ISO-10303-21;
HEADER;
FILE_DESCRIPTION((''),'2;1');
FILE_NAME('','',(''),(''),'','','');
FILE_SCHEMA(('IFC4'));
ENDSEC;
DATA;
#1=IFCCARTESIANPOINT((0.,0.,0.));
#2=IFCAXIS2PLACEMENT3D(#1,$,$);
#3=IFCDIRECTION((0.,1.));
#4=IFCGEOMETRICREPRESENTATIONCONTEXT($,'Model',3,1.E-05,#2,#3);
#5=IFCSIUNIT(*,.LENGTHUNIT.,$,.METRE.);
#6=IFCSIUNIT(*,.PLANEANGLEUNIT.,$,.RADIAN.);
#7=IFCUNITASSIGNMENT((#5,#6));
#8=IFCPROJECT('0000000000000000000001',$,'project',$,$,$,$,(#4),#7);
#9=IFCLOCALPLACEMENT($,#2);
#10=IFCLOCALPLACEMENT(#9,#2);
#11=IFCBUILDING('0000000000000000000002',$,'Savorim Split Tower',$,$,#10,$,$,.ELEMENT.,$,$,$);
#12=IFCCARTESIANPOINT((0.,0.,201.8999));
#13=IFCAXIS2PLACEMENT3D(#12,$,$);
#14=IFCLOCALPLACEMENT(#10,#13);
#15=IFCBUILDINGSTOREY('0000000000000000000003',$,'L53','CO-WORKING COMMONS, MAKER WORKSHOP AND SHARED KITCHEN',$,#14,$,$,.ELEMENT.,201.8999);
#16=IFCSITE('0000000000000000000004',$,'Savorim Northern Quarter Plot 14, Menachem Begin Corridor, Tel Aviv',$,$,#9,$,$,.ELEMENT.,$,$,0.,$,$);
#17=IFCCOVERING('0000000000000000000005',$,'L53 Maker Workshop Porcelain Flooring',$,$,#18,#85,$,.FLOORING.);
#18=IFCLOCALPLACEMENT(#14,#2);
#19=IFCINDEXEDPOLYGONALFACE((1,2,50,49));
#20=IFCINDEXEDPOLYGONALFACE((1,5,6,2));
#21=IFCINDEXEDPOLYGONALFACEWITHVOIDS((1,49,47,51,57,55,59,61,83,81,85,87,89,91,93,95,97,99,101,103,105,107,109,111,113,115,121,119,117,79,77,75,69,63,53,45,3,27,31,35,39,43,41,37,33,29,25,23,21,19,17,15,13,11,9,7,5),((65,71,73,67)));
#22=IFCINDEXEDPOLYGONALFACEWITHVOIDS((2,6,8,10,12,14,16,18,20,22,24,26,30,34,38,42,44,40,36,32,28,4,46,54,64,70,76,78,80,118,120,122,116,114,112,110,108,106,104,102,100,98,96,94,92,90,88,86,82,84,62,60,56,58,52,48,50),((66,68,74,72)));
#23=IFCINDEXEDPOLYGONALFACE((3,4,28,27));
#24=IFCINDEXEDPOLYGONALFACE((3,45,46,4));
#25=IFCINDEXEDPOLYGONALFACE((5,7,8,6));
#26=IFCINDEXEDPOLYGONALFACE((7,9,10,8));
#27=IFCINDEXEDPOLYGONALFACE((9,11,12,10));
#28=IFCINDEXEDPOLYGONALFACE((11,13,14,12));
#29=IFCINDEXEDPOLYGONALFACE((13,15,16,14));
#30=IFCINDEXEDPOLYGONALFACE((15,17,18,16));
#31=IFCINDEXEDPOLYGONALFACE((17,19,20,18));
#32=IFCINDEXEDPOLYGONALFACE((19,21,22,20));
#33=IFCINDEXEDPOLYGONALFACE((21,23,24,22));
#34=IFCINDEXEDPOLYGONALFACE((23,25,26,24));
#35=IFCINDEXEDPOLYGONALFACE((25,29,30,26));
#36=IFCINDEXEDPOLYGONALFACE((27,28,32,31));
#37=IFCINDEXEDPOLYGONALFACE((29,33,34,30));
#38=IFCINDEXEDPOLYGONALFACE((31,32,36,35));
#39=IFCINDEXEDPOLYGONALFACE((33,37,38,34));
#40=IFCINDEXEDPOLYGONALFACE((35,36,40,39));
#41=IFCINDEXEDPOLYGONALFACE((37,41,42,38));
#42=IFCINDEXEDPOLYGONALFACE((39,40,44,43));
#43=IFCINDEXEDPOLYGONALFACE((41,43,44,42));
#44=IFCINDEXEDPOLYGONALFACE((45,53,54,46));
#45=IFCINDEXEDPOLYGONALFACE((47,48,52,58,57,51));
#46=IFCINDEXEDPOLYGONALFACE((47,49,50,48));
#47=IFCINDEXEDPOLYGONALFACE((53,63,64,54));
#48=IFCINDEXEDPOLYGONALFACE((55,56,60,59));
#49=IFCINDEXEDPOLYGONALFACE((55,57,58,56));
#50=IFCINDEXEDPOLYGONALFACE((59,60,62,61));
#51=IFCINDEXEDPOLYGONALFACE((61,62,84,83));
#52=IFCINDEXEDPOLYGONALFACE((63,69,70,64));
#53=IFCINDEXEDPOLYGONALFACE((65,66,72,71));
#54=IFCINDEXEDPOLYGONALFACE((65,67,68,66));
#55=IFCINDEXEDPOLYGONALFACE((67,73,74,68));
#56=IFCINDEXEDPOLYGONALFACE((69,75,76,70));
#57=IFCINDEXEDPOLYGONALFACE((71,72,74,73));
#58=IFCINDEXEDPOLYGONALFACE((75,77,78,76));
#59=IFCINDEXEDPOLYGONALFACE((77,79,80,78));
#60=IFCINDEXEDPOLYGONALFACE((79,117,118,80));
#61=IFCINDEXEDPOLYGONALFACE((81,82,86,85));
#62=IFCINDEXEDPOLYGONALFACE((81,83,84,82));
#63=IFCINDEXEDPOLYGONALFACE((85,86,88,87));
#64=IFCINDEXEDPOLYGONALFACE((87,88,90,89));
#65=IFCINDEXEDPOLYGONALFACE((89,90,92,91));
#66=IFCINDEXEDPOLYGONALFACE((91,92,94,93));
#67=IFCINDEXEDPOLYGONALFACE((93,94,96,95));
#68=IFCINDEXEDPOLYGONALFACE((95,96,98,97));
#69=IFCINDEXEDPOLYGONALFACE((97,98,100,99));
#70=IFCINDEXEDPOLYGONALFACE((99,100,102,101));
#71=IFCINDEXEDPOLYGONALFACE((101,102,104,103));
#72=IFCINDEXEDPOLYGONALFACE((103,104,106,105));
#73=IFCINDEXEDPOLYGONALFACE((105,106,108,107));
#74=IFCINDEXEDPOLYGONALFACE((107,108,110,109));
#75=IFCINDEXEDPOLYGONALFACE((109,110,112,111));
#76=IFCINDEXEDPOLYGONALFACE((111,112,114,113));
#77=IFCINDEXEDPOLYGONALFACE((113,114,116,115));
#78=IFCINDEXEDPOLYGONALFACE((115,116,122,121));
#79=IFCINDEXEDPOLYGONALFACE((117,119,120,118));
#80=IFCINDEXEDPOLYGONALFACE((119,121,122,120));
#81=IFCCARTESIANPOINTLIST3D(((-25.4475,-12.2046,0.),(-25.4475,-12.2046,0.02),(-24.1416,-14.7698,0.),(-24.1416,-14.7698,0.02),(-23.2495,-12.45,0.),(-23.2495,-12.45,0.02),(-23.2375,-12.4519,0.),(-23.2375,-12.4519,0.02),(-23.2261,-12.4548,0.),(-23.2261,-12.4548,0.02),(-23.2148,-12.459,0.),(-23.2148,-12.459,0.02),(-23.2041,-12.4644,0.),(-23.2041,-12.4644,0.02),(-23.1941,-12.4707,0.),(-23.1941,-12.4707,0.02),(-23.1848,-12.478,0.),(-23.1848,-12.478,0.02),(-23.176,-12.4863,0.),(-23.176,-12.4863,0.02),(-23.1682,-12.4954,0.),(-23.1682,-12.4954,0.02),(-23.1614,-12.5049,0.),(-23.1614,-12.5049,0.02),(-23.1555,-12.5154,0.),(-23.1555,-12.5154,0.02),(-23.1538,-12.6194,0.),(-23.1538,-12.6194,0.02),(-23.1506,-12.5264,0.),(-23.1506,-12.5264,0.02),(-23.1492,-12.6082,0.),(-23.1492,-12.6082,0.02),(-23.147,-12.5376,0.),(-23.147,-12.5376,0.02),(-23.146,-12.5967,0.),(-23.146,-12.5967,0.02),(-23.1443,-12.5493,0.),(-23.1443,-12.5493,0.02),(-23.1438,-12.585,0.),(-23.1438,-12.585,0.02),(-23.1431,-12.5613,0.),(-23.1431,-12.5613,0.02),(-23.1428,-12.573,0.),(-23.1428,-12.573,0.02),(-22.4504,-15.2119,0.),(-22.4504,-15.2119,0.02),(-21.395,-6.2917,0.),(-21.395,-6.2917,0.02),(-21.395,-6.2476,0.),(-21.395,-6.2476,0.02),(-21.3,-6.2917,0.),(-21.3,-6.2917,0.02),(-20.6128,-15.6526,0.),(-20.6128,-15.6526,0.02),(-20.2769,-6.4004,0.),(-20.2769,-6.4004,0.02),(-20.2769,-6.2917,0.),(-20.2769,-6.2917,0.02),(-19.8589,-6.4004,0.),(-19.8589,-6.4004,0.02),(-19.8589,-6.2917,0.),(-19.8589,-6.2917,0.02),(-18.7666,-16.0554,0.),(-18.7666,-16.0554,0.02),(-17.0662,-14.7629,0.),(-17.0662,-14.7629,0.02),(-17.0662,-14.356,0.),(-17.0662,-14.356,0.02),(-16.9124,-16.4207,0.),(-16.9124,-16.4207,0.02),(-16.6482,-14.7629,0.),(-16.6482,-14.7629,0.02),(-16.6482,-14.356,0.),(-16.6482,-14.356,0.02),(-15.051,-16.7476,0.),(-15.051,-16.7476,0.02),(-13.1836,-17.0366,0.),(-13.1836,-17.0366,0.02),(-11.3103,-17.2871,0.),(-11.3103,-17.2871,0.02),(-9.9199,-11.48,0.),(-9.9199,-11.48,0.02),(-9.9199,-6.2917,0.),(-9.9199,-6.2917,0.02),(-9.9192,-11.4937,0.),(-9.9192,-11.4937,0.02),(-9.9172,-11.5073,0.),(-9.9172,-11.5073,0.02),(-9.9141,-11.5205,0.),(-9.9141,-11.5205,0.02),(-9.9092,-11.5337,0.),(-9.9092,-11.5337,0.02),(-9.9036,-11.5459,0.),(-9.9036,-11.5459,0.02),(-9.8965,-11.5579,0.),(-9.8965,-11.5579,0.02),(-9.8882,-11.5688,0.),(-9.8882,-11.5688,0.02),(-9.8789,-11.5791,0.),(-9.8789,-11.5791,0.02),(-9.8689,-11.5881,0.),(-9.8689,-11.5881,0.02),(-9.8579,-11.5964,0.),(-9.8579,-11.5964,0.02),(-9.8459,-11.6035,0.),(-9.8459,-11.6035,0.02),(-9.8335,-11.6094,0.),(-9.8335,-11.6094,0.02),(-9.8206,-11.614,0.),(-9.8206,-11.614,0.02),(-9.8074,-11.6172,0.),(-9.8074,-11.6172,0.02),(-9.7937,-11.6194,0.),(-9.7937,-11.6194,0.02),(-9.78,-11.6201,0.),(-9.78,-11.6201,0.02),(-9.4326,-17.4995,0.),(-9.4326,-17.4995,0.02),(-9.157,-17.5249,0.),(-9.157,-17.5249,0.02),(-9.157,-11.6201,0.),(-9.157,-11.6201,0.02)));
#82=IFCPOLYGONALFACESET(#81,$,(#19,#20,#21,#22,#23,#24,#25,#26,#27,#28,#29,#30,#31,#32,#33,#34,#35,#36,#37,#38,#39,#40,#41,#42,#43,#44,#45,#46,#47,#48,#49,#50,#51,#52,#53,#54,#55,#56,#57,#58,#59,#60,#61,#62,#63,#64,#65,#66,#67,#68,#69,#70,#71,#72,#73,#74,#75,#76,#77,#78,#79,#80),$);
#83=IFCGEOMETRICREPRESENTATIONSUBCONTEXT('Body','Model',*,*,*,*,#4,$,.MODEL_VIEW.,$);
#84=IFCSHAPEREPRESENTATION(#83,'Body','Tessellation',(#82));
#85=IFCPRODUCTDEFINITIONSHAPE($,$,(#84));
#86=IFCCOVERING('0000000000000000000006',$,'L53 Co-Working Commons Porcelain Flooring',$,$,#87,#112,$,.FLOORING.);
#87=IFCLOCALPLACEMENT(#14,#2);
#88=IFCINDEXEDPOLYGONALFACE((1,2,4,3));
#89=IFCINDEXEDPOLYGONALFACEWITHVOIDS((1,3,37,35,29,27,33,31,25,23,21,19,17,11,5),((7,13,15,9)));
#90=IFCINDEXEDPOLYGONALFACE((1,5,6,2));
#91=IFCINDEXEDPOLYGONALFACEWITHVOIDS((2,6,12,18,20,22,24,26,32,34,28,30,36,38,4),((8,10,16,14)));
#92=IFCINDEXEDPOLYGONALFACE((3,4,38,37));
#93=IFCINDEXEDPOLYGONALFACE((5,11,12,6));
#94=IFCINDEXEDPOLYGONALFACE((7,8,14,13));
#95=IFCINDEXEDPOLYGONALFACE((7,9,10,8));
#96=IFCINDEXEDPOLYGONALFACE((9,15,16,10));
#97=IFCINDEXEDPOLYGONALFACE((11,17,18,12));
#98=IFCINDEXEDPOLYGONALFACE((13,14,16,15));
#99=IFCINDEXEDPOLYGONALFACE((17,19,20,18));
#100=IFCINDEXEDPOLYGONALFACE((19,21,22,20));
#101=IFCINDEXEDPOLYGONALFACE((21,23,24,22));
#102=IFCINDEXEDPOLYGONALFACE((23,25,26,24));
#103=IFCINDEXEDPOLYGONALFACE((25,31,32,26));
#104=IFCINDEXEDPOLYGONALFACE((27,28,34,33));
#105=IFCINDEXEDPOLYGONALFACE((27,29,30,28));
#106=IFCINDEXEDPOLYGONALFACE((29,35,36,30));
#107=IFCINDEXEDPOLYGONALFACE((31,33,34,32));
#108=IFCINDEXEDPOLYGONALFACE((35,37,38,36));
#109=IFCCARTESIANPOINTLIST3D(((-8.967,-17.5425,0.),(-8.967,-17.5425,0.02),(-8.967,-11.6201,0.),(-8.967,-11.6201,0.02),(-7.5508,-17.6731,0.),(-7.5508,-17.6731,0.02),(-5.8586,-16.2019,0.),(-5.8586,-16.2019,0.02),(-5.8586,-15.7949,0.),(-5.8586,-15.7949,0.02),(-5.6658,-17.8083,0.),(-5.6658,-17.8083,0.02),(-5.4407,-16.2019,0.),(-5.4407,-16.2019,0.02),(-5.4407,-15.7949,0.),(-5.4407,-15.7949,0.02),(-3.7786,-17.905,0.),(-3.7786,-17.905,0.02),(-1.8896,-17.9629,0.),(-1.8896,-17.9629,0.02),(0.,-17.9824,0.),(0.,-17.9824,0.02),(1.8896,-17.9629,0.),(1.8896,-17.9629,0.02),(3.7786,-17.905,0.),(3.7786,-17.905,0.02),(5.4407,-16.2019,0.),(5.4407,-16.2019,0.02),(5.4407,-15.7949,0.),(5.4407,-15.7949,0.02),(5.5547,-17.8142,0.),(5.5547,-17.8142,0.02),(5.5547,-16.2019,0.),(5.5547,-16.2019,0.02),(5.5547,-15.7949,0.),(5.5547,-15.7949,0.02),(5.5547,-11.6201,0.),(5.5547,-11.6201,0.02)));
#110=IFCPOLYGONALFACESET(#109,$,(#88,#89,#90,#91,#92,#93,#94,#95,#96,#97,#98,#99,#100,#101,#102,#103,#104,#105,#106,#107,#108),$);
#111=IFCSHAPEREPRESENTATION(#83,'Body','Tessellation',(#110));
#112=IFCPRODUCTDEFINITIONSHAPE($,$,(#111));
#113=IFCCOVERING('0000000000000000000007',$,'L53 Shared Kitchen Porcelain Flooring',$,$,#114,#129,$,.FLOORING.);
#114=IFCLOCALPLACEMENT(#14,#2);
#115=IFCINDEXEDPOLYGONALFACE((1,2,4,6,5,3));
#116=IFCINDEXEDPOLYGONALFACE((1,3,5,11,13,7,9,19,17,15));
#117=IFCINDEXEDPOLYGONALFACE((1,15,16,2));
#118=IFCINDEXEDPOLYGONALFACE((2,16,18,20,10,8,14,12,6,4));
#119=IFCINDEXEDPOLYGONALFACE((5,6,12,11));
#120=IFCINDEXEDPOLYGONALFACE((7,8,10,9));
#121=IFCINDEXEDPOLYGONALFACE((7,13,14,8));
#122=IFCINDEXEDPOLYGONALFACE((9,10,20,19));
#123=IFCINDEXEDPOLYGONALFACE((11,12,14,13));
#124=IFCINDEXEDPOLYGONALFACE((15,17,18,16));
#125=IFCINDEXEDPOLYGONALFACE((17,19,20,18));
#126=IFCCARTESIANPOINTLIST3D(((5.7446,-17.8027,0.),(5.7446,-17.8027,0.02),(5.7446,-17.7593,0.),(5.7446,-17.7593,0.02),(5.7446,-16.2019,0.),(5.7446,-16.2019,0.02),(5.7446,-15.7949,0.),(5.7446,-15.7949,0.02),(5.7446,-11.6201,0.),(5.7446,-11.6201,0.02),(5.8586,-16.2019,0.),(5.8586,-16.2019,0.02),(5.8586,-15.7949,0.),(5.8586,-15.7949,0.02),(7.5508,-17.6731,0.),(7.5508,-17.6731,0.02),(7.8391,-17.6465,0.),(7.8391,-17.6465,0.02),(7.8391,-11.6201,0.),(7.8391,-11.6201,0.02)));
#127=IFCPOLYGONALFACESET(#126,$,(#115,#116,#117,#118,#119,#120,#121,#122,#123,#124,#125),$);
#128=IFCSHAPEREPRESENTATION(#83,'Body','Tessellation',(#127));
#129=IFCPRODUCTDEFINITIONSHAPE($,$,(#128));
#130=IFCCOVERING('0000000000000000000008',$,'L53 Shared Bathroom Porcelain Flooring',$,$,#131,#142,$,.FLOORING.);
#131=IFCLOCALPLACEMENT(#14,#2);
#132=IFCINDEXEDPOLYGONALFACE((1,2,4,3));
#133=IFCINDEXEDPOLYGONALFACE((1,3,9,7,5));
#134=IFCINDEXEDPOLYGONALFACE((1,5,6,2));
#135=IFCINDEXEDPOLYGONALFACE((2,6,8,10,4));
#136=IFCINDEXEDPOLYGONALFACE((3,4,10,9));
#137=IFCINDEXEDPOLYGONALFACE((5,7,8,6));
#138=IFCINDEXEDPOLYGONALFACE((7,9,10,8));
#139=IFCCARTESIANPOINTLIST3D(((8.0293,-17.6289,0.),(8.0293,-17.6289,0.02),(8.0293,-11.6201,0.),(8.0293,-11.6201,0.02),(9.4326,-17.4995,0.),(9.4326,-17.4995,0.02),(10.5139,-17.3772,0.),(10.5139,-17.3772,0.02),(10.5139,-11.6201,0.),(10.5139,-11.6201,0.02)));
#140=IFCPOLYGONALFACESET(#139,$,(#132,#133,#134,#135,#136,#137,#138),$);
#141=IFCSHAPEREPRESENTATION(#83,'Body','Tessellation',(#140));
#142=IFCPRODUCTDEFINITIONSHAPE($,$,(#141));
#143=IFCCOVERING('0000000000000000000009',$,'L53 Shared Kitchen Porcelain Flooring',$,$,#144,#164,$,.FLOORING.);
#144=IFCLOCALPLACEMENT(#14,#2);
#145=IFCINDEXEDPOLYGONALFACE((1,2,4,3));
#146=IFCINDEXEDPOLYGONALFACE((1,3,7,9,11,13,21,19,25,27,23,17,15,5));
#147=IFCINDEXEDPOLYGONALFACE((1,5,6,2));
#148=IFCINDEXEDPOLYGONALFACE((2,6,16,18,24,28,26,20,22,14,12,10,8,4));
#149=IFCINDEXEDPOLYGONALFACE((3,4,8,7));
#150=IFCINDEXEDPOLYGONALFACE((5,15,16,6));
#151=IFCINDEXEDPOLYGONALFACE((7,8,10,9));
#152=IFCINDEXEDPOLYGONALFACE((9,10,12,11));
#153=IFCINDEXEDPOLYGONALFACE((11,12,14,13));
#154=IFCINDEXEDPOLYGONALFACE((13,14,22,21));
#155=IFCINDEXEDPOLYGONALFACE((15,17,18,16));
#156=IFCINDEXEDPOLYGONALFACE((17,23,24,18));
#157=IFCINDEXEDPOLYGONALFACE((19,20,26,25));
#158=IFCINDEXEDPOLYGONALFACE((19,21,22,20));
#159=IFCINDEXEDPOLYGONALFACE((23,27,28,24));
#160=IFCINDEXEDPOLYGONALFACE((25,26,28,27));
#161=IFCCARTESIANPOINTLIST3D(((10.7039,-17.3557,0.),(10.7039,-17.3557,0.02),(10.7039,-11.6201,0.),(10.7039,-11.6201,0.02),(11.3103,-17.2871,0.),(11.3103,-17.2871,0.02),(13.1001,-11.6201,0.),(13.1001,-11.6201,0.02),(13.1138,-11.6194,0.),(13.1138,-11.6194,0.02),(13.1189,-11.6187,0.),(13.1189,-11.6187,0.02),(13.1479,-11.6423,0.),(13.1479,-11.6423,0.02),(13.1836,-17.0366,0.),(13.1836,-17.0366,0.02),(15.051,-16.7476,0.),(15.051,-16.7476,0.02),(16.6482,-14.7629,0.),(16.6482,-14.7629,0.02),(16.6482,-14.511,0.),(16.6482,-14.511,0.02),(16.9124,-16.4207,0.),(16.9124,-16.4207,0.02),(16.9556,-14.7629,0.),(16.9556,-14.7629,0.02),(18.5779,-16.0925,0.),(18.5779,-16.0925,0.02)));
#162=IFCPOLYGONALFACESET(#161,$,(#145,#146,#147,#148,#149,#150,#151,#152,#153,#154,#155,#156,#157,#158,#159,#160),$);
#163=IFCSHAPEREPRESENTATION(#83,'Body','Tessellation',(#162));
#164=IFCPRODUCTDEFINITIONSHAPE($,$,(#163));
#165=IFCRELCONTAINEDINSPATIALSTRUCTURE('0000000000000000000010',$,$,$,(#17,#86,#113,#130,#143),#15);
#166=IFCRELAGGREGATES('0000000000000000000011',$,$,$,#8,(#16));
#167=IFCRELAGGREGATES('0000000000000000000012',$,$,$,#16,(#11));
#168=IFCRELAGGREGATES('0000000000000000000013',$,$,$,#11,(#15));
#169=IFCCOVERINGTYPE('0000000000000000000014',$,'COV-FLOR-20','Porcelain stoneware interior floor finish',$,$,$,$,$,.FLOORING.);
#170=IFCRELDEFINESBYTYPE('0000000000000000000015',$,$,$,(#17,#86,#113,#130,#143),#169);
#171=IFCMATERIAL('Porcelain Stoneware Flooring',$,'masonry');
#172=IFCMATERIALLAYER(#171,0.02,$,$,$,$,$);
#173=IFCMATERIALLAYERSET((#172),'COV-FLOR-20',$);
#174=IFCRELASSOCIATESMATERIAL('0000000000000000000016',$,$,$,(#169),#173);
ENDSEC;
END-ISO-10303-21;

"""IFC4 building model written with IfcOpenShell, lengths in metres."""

from ifc_helpers import new_model, si_unit, direction, frame, origin, place, context, subcontext, project, spatial, polyline, outline, extrude, material, layer, layer_set, type_object, element, save


model = new_model("IFC4")

# Units and contexts
model_context = context("Model", 3, precision=1e-05, world=origin(), true_north=direction((0.0, 1.0)))
body_context = subcontext(model_context, "Body", "Model", "MODEL_VIEW")
ifc_project = project(units=[si_unit("LENGTHUNIT", "METRE"), si_unit("PLANEANGLEUNIT", "RADIAN")], contexts=[model_context])

# Site, building, storey
site_placement = place(None, origin())
site = spatial("IfcSite", under=ifc_project, at=site_placement, Name="Savorim Northern Quarter Plot 14, Menachem Begin Corridor, Tel Aviv", CompositionType="ELEMENT", RefElevation=0.0)
building_placement = place(site_placement, origin())
building = spatial("IfcBuilding", under=site, at=building_placement, Name="Savorim Split Tower", CompositionType="ELEMENT")
storey_placement = place(building_placement, frame((0.0, 0.0, 201.8999)))
storey = spatial("IfcBuildingStorey", under=building, at=storey_placement, Name="L53", Description="CO-WORKING COMMONS, MAKER WORKSHOP AND SHARED KITCHEN", CompositionType="ELEMENT", Elevation=201.8999)

# Coverings
ifc_material_1 = material(Name="Porcelain Stoneware Flooring", Category="masonry")
ifc_layer_1 = layer(ifc_material_1, 0.02)
ifc_layer_set_1 = layer_set([ifc_layer_1], Name="COV-FLOR-20")
covering_type_1 = type_object("IfcCoveringType", Name="COV-FLOR-20", Description="Porcelain stoneware interior floor finish", PredefinedType="FLOORING", material=ifc_layer_set_1)
covering_1_placement = place(storey_placement, origin())
element("IfcCovering", 1, at=covering_1_placement, inside=storey, type_object=covering_type_1, Name="L53 Maker Workshop Porcelain Flooring", PredefinedType="FLOORING", context=body_context, shape_type="SweptSolid", body=[
    extrude(outline(polyline([(-23.1428, -12.573), (-23.1438, -12.585), (-23.146, -12.5967), (-23.1492, -12.6082), (-23.1538, -12.6194), (-24.1416, -14.7698), (-22.4504, -15.2119), (-20.6128, -15.6526), (-18.7666, -16.0554), (-16.9124, -16.4207), (-15.051, -16.7476), (-13.1836, -17.0366), (-11.3103, -17.2871), (-9.4326, -17.4995), (-9.157, -17.5249), (-9.157, -11.6201), (-9.78, -11.6201), (-9.7937, -11.6194), (-9.8074, -11.6172), (-9.8206, -11.614), (-9.8335, -11.6094), (-9.8459, -11.6035), (-9.8579, -11.5964), (-9.8689, -11.5881), (-9.8789, -11.5791), (-9.8882, -11.5688), (-9.8965, -11.5579), (-9.9036, -11.5459), (-9.9092, -11.5337), (-9.9141, -11.5205), (-9.9172, -11.5073), (-9.9192, -11.4937), (-9.9199, -11.48), (-9.9199, -6.2917), (-19.8589, -6.2917), (-19.8589, -6.4004), (-20.2769, -6.4004), (-20.2769, -6.2917), (-21.3, -6.2917), (-21.395, -6.2917), (-21.395, -6.2476), (-25.4475, -12.2046), (-23.2495, -12.45), (-23.2375, -12.4519), (-23.2261, -12.4548), (-23.2148, -12.459), (-23.2041, -12.4644), (-23.1941, -12.4707), (-23.1848, -12.478), (-23.176, -12.4863), (-23.1682, -12.4954), (-23.1614, -12.5049), (-23.1555, -12.5154), (-23.1506, -12.5264), (-23.147, -12.5376), (-23.1443, -12.5493), (-23.1431, -12.5613), (-23.1428, -12.573)]), holes=[polyline([(-17.0662, -14.7629), (-16.6482, -14.7629), (-16.6482, -14.356), (-17.0662, -14.356), (-17.0662, -14.7629)])]), origin(), (0.0, 0.0, 1.0), 0.02),
])
covering_2_placement = place(storey_placement, origin())
element("IfcCovering", 2, at=covering_2_placement, inside=storey, type_object=covering_type_1, Name="L53 Co-Working Commons Porcelain Flooring", PredefinedType="FLOORING", context=body_context, shape_type="SweptSolid", body=[
    extrude(outline(polyline([(5.4407, -15.7949), (5.5547, -15.7949), (5.5547, -11.6201), (-8.967, -11.6201), (-8.967, -17.5425), (-7.5508, -17.6731), (-5.6658, -17.8083), (-3.7786, -17.905), (-1.8896, -17.9629), (0.0, -17.9824), (1.8896, -17.9629), (3.7786, -17.905), (5.5547, -17.8142), (5.5547, -16.2019), (5.4407, -16.2019), (5.4407, -15.7949)]), holes=[polyline([(-5.8586, -16.2019), (-5.4407, -16.2019), (-5.4407, -15.7949), (-5.8586, -15.7949), (-5.8586, -16.2019)])]), origin(), (0.0, 0.0, 1.0), 0.02),
])
covering_3_placement = place(storey_placement, origin())
element("IfcCovering", 3, at=covering_3_placement, inside=storey, type_object=covering_type_1, Name="L53 Shared Kitchen Porcelain Flooring", PredefinedType="FLOORING", context=body_context, shape_type="SweptSolid", body=[
    extrude(outline(polyline([(5.7446, -17.7593), (5.7446, -17.8027), (7.5508, -17.6731), (7.8391, -17.6465), (7.8391, -11.6201), (5.7446, -11.6201), (5.7446, -15.7949), (5.8586, -15.7949), (5.8586, -16.2019), (5.7446, -16.2019), (5.7446, -17.7593)])), origin(), (0.0, 0.0, 1.0), 0.02),
])
covering_4_placement = place(storey_placement, origin())
element("IfcCovering", 4, at=covering_4_placement, inside=storey, type_object=covering_type_1, Name="L53 Shared Bathroom Porcelain Flooring", PredefinedType="FLOORING", context=body_context, shape_type="SweptSolid", body=[
    extrude(outline(polyline([(8.0293, -11.6201), (8.0293, -17.6289), (9.4326, -17.4995), (10.5139, -17.3772), (10.5139, -11.6201), (8.0293, -11.6201)])), origin(), (0.0, 0.0, 1.0), 0.02),
])
covering_5_placement = place(storey_placement, origin())
element("IfcCovering", 5, at=covering_5_placement, inside=storey, type_object=covering_type_1, Name="L53 Shared Kitchen Porcelain Flooring", PredefinedType="FLOORING", context=body_context, shape_type="SweptSolid", body=[
    extrude(outline(polyline([(11.3103, -17.2871), (13.1836, -17.0366), (15.051, -16.7476), (16.9124, -16.4207), (18.5779, -16.0925), (16.9556, -14.7629), (16.6482, -14.7629), (16.6482, -14.511), (13.1479, -11.6423), (13.1189, -11.6187), (13.1138, -11.6194), (13.1001, -11.6201), (10.7039, -11.6201), (10.7039, -17.3557), (11.3103, -17.2871)])), origin(), (0.0, 0.0, 1.0), 0.02),
])

save(model, "model.ifc")
